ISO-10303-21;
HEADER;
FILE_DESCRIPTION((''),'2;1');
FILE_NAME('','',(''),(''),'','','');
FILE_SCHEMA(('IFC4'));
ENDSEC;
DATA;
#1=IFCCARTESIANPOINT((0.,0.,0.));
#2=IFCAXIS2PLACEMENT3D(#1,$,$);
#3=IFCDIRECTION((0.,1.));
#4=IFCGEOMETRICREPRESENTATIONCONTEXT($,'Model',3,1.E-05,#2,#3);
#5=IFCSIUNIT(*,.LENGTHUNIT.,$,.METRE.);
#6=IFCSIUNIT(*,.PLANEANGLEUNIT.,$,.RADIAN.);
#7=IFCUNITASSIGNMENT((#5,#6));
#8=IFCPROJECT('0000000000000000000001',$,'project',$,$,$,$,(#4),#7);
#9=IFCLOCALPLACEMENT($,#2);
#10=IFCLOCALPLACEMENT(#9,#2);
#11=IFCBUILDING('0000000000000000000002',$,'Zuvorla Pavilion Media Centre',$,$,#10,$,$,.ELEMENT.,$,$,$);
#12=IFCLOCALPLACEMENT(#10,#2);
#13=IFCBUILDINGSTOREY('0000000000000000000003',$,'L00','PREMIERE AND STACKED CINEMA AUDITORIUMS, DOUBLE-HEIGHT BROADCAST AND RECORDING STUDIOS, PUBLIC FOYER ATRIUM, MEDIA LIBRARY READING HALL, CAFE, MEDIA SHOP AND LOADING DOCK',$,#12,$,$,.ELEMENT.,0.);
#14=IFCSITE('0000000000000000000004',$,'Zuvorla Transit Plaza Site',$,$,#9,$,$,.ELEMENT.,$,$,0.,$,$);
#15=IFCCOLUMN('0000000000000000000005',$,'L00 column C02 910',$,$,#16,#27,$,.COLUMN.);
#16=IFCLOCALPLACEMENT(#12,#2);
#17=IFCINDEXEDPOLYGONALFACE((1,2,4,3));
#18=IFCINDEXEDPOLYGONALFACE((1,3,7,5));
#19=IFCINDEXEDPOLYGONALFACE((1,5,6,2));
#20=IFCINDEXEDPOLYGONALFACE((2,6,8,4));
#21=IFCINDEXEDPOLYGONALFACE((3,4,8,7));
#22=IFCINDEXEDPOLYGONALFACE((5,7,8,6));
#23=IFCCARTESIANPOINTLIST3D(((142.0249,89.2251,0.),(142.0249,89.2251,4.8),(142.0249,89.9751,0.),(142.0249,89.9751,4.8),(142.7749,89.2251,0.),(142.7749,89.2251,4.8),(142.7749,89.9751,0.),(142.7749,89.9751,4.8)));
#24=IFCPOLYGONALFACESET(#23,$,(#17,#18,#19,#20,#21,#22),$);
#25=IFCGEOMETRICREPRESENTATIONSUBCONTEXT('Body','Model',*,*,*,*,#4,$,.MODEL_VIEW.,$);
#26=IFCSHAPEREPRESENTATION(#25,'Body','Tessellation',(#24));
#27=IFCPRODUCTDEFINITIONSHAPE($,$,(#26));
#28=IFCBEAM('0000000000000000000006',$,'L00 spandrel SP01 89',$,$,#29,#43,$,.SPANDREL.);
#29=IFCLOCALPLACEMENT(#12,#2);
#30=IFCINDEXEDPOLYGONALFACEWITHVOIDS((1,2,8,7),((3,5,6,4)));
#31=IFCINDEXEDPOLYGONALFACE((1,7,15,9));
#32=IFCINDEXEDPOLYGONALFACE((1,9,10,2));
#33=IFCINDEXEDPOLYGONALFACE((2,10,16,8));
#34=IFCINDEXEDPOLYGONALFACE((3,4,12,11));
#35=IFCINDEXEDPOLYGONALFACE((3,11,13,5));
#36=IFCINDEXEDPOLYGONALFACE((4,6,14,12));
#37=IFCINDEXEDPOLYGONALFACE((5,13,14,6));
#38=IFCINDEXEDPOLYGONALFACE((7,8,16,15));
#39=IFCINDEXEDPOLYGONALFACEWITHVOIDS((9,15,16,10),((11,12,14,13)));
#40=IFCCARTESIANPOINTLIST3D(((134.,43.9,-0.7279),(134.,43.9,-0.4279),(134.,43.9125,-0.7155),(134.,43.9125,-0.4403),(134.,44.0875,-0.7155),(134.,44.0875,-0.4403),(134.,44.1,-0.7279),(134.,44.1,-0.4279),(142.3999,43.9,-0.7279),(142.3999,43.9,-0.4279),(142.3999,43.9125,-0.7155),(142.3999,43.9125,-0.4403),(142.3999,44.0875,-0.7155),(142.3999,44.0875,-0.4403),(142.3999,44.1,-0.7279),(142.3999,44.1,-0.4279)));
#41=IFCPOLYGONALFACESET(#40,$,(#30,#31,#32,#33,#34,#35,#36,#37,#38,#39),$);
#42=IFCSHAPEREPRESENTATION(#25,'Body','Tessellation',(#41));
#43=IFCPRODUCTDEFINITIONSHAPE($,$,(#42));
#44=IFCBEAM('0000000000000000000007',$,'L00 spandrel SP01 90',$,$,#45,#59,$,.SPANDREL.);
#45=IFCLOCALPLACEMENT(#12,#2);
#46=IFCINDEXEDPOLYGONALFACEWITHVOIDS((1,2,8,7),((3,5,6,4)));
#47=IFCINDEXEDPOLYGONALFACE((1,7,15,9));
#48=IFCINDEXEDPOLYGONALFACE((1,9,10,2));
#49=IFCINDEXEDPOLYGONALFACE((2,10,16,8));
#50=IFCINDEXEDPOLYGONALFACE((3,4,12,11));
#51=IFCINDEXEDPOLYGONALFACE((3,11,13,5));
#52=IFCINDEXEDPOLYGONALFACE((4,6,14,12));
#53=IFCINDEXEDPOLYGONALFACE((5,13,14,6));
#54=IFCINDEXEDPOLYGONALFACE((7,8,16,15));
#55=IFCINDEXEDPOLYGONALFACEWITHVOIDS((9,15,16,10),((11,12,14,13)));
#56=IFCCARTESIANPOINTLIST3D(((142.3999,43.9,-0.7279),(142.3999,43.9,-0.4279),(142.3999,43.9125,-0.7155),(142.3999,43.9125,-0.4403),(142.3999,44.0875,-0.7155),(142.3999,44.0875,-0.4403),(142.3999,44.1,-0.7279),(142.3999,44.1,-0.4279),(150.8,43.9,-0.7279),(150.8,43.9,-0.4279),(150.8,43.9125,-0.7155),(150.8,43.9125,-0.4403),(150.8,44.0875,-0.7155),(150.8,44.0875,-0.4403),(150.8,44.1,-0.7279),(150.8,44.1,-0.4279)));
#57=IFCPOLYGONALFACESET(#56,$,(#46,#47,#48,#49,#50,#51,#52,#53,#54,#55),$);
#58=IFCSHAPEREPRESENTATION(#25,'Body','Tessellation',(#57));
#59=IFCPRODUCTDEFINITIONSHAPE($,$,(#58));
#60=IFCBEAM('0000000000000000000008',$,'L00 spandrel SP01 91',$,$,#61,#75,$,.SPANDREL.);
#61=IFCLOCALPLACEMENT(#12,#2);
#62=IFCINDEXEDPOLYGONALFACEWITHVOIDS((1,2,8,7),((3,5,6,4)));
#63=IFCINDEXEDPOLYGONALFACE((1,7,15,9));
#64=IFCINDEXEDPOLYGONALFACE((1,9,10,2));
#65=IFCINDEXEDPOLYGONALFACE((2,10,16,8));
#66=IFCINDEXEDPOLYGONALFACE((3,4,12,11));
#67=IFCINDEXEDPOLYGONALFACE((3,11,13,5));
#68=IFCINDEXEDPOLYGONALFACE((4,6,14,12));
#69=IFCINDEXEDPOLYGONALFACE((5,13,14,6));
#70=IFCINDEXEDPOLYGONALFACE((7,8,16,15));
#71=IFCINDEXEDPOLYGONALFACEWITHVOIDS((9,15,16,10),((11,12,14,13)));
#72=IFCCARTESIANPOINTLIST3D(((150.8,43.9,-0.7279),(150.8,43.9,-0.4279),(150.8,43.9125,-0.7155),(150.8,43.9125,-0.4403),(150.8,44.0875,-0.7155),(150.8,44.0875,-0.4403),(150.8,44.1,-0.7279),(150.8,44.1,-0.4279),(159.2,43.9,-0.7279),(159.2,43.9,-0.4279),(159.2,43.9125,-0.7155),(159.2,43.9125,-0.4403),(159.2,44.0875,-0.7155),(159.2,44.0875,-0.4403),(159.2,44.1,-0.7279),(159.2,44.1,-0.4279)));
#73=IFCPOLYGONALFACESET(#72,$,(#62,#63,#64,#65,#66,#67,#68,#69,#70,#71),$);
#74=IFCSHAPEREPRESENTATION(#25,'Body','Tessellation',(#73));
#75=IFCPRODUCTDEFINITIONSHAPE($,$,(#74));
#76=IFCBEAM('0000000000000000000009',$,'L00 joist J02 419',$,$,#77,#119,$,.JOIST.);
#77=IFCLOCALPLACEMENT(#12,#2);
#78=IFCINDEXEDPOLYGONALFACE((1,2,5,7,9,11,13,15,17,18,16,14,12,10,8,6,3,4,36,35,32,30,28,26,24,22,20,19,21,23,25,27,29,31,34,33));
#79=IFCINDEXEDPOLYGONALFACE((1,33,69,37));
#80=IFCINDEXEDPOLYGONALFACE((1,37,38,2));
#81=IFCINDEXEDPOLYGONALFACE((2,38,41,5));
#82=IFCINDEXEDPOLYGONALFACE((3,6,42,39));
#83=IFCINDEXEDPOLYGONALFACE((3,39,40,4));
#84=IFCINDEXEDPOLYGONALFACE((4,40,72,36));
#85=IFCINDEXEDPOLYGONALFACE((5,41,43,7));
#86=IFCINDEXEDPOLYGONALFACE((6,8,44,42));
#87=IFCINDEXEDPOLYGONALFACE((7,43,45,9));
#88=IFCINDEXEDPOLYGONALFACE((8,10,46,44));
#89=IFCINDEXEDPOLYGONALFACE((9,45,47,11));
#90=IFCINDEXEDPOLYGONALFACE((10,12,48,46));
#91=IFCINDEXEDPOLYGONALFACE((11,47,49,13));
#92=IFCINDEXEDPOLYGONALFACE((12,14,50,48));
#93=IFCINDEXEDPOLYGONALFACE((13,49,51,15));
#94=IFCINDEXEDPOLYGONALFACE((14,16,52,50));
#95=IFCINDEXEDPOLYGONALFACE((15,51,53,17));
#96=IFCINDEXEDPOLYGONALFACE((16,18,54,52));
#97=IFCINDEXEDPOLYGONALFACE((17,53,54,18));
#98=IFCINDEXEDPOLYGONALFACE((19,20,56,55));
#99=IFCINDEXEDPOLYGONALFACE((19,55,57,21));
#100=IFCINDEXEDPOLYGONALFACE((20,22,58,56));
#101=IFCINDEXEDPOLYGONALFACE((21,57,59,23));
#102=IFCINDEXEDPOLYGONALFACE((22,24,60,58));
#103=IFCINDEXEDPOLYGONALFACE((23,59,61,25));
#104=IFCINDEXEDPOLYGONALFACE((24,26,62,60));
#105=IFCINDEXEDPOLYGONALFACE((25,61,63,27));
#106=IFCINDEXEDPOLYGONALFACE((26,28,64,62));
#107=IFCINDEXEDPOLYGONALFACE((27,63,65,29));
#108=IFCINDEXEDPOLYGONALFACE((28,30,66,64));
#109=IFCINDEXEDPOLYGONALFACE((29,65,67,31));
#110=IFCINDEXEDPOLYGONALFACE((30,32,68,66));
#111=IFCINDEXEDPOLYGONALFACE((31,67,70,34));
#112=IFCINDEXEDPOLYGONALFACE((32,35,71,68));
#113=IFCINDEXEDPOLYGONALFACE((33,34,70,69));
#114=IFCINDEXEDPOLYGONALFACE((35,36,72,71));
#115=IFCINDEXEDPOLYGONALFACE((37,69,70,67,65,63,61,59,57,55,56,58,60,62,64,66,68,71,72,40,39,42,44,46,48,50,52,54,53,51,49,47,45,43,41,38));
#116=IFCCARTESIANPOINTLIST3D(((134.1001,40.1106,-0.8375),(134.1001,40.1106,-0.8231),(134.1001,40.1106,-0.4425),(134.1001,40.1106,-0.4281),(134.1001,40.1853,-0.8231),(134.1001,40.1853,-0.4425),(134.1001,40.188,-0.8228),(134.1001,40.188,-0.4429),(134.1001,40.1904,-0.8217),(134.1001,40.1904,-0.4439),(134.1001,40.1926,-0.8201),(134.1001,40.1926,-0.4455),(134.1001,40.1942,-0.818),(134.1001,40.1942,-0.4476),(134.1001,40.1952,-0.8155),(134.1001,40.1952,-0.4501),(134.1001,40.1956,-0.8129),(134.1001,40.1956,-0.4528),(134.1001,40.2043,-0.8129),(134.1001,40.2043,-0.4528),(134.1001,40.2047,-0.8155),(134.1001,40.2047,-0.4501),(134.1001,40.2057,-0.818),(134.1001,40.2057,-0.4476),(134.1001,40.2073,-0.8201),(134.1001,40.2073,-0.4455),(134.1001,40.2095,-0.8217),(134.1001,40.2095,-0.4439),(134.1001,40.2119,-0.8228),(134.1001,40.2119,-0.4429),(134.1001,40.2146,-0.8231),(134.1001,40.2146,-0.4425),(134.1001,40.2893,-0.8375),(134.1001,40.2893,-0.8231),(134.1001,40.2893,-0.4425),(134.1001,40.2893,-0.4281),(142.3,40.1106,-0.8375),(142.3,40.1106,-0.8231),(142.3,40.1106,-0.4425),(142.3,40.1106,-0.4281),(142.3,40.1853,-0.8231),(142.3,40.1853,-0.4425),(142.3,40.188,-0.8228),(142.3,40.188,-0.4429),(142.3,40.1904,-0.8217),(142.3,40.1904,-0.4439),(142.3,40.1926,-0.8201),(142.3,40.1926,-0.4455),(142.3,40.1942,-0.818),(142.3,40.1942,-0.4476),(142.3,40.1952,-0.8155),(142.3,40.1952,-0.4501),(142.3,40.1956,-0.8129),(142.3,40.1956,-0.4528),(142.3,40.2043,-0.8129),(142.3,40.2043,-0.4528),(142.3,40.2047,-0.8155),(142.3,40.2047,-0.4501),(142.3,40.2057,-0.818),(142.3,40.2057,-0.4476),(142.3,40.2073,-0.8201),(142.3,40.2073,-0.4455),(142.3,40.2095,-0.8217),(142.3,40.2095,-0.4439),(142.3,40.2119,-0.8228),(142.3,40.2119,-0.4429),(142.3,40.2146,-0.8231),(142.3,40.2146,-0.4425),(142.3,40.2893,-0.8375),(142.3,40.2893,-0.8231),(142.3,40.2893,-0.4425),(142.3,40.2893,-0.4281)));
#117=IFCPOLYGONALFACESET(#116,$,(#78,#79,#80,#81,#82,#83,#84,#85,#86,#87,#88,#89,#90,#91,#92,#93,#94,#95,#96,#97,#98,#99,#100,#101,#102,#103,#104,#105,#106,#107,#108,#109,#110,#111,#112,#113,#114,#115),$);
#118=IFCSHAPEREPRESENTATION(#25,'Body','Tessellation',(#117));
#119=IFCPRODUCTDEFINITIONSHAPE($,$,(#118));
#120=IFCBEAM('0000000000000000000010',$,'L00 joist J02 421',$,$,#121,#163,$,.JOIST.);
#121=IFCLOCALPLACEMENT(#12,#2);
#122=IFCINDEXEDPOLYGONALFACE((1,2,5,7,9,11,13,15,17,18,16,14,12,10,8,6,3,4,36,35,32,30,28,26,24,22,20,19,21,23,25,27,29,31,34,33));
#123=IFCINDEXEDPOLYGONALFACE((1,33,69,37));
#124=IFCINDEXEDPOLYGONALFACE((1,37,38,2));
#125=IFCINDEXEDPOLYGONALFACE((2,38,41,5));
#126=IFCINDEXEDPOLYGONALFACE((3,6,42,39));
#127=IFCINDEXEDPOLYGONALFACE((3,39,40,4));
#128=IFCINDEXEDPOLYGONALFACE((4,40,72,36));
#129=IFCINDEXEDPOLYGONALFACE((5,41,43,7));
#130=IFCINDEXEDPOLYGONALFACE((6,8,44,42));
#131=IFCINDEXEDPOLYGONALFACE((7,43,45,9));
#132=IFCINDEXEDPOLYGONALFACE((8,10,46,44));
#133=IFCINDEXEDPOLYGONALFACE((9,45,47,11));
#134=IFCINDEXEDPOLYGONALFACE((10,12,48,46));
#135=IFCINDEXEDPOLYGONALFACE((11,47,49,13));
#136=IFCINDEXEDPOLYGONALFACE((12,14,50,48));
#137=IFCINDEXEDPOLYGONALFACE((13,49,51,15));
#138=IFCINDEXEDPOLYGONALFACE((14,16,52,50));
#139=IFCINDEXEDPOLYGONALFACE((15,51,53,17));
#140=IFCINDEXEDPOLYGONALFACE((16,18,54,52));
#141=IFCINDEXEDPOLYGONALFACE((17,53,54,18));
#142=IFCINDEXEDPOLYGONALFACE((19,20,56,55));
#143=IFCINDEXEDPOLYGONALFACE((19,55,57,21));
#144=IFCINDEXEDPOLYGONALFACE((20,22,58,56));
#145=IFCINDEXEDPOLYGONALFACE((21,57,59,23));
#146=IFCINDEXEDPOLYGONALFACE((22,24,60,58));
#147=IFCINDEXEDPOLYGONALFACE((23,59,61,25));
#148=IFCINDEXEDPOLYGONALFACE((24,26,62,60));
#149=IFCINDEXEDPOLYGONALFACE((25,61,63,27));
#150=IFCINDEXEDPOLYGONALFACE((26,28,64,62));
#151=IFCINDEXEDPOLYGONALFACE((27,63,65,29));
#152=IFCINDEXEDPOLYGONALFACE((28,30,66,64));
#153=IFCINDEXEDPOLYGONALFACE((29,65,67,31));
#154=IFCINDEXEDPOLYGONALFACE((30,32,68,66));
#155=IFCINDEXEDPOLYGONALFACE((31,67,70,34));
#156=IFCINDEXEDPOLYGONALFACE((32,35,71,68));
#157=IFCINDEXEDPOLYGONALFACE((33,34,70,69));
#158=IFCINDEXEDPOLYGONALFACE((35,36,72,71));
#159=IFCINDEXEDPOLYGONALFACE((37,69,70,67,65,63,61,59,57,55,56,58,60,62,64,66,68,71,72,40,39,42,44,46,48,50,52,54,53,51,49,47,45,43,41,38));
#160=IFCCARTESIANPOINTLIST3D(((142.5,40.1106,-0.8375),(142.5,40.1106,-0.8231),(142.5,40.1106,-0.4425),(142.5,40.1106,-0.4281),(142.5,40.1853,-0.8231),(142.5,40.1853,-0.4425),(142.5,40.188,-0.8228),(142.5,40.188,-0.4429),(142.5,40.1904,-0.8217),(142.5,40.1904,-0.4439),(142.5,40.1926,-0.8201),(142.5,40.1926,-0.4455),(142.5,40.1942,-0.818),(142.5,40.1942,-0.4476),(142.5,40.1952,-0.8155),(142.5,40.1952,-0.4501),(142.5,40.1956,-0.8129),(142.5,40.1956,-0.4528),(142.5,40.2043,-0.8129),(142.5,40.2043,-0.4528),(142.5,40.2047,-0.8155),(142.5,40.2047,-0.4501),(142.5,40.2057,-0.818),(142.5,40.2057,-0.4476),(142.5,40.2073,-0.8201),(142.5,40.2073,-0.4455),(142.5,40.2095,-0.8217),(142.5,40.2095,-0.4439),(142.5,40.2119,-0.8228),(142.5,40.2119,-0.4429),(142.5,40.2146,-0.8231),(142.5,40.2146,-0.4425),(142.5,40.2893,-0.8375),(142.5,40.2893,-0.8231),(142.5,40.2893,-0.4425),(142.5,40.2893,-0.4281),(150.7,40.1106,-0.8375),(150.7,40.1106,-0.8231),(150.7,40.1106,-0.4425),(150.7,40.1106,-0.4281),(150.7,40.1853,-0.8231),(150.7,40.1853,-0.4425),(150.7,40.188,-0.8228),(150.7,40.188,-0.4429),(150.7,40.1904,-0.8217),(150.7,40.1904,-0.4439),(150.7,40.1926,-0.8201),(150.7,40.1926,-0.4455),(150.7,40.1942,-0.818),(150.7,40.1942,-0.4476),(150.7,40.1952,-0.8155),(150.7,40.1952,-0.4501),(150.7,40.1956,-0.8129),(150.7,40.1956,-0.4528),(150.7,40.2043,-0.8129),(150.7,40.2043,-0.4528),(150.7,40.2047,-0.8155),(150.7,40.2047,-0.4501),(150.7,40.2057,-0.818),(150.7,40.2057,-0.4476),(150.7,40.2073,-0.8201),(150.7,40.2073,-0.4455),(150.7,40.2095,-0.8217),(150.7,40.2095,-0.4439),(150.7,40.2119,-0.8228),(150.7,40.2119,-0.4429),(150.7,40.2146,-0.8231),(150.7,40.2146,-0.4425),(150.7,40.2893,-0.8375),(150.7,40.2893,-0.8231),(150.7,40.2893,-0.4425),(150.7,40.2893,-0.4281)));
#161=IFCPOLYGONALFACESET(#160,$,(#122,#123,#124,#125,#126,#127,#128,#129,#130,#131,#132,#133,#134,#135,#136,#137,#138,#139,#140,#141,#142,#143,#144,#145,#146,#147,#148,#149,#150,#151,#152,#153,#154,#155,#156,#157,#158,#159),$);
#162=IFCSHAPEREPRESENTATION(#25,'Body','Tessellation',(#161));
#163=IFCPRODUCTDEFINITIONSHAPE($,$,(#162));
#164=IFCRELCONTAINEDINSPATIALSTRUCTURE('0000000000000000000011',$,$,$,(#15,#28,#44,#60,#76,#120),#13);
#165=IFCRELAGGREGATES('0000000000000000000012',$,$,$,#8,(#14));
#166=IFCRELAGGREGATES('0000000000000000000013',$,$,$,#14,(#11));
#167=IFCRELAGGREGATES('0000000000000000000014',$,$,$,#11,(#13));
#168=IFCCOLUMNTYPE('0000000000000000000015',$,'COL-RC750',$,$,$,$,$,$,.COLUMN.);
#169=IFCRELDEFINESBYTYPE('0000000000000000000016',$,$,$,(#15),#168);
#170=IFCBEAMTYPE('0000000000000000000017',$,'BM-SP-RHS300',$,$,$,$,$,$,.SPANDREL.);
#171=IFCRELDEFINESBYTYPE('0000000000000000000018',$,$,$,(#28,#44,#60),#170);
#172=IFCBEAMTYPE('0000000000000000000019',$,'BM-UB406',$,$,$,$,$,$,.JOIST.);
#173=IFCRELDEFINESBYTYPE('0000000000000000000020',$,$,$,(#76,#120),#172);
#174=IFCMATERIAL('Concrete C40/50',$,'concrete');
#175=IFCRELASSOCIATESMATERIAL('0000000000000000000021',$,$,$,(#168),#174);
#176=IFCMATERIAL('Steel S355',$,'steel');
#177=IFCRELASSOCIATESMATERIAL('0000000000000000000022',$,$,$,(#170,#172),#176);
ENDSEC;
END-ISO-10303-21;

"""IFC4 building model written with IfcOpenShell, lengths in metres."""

from ifc_helpers import new_model, si_unit, direction, frame, origin, origin_2d, place, context, subcontext, project, spatial, rectangle, hollow_rectangle, i_section, extrude, material, material_profile, profile_set, type_object, element, save


model = new_model("IFC4")

# Units and contexts
model_context = context("Model", 3, precision=1e-05, world=origin(), true_north=direction((0.0, 1.0)))
body_context = subcontext(model_context, "Body", "Model", "MODEL_VIEW")
ifc_project = project(units=[si_unit("LENGTHUNIT", "METRE"), si_unit("PLANEANGLEUNIT", "RADIAN")], contexts=[model_context])

# Site, building, storey
site_placement = place(None, origin())
site = spatial("IfcSite", under=ifc_project, at=site_placement, Name="Zuvorla Transit Plaza Site", CompositionType="ELEMENT", RefElevation=0.0)
building_placement = place(site_placement, origin())
building = spatial("IfcBuilding", under=site, at=building_placement, Name="Zuvorla Pavilion Media Centre", CompositionType="ELEMENT")
storey_placement = place(building_placement, origin())
storey = spatial("IfcBuildingStorey", under=building, at=storey_placement, Name="L00", Description="PREMIERE AND STACKED CINEMA AUDITORIUMS, DOUBLE-HEIGHT BROADCAST AND RECORDING STUDIOS, PUBLIC FOYER ATRIUM, MEDIA LIBRARY READING HALL, CAFE, MEDIA SHOP AND LOADING DOCK", CompositionType="ELEMENT", Elevation=0.0)

# Column
ifc_material_1 = material(Name="Concrete C40/50", Category="concrete")
ifc_material_profile_1 = material_profile(ifc_material_1, rectangle(XDim=0.75, YDim=0.75, at=origin_2d()), Name="RC 750x750")
ifc_profile_set_1 = profile_set([ifc_material_profile_1], Name="Concrete C40/50")
column_type = type_object("IfcColumnType", Name="COL-RC750", PredefinedType="COLUMN", material=ifc_profile_set_1)
for number, where, z_axis, x_axis, name in (
    (1, (142.3999, 89.6001, 0.0), (0.0, 0.0, 1.0), (1.0, 0.0, 0.0), "L00 column C02 910"),
):
    element("IfcColumn", number, at=place(storey_placement, frame(where, z_axis=z_axis, x_axis=x_axis)), inside=storey, type_object=column_type, Name=name, PredefinedType="COLUMN", context=body_context, shape_type="SweptSolid", body=[
        extrude(rectangle(XDim=0.75, YDim=0.75, at=origin_2d()), origin(), (0.0, 0.0, 1.0), 4.8),
    ])

# Beams
ifc_material_2 = material(Name="Steel S355", Category="steel")
ifc_material_profile_2 = material_profile(ifc_material_2, hollow_rectangle(XDim=0.2, YDim=0.3, WallThickness=0.0125, at=origin_2d()), Name="RHS 300x200x12.5")
ifc_profile_set_2 = profile_set([ifc_material_profile_2], Name="Steel S355")
beam_type_1 = type_object("IfcBeamType", Name="BM-SP-RHS300", PredefinedType="SPANDREL", material=ifc_profile_set_2)
beam_1_placement = place(storey_placement, frame((134.0, 44.0, -0.5779), z_axis=(1.0, 0.0, 0.0), x_axis=(0.0, 1.0, 0.0)))
element("IfcBeam", 2, at=beam_1_placement, inside=storey, type_object=beam_type_1, Name="L00 spandrel SP01 89", PredefinedType="SPANDREL", context=body_context, shape_type="SweptSolid", body=[
    extrude(hollow_rectangle(XDim=0.2, YDim=0.3, WallThickness=0.0125, at=origin_2d()), origin(), (0.0, 0.0, 1.0), 8.3999),
])
beam_2_placement = place(storey_placement, frame((142.3999, 44.0, -0.5779), z_axis=(1.0, 0.0, 0.0), x_axis=(0.0, 1.0, 0.0)))
element("IfcBeam", 3, at=beam_2_placement, inside=storey, type_object=beam_type_1, Name="L00 spandrel SP01 90", PredefinedType="SPANDREL", context=body_context, shape_type="SweptSolid", body=[
    extrude(hollow_rectangle(XDim=0.2, YDim=0.3, WallThickness=0.0125, at=origin_2d()), origin(), (0.0, 0.0, 1.0), 8.4001),
])
beam_3_placement = place(storey_placement, frame((150.8, 44.0, -0.5779), z_axis=(1.0, 0.0, 0.0), x_axis=(0.0, 1.0, 0.0)))
element("IfcBeam", 4, at=beam_3_placement, inside=storey, type_object=beam_type_1, Name="L00 spandrel SP01 91", PredefinedType="SPANDREL", context=body_context, shape_type="SweptSolid", body=[
    extrude(hollow_rectangle(XDim=0.2, YDim=0.3, WallThickness=0.0125, at=origin_2d()), origin(), (0.0, 0.0, 1.0), 8.3999),
])
ifc_material_profile_3 = material_profile(ifc_material_2, i_section(OverallWidth=0.1787, OverallDepth=0.4094, WebThickness=0.0088, FlangeThickness=0.0144, FilletRadius=0.0103, at=origin_2d()), Name="UB 406x178x67")
ifc_profile_set_3 = profile_set([ifc_material_profile_3], Name="Steel S355")
beam_type_2 = type_object("IfcBeamType", Name="BM-UB406", PredefinedType="JOIST", material=ifc_profile_set_3)
for number, where, z_axis, x_axis, name in (
    (5, (134.1001, 40.2, -0.6328), (1.0, 0.0, 0.0), (0.0, 1.0, 0.0), "L00 joist J02 419"),
    (6, (142.5, 40.2, -0.6328), (1.0, 0.0, 0.0), (0.0, 1.0, 0.0), "L00 joist J02 421"),
):
    element("IfcBeam", number, at=place(storey_placement, frame(where, z_axis=z_axis, x_axis=x_axis)), inside=storey, type_object=beam_type_2, Name=name, PredefinedType="JOIST", context=body_context, shape_type="SweptSolid", body=[
        extrude(i_section(OverallWidth=0.1787, OverallDepth=0.4094, WebThickness=0.0088, FlangeThickness=0.0144, FilletRadius=0.0103, at=origin_2d()), origin(), (0.0, 0.0, 1.0), 8.2),
    ])

save(model, "model.ifc")
